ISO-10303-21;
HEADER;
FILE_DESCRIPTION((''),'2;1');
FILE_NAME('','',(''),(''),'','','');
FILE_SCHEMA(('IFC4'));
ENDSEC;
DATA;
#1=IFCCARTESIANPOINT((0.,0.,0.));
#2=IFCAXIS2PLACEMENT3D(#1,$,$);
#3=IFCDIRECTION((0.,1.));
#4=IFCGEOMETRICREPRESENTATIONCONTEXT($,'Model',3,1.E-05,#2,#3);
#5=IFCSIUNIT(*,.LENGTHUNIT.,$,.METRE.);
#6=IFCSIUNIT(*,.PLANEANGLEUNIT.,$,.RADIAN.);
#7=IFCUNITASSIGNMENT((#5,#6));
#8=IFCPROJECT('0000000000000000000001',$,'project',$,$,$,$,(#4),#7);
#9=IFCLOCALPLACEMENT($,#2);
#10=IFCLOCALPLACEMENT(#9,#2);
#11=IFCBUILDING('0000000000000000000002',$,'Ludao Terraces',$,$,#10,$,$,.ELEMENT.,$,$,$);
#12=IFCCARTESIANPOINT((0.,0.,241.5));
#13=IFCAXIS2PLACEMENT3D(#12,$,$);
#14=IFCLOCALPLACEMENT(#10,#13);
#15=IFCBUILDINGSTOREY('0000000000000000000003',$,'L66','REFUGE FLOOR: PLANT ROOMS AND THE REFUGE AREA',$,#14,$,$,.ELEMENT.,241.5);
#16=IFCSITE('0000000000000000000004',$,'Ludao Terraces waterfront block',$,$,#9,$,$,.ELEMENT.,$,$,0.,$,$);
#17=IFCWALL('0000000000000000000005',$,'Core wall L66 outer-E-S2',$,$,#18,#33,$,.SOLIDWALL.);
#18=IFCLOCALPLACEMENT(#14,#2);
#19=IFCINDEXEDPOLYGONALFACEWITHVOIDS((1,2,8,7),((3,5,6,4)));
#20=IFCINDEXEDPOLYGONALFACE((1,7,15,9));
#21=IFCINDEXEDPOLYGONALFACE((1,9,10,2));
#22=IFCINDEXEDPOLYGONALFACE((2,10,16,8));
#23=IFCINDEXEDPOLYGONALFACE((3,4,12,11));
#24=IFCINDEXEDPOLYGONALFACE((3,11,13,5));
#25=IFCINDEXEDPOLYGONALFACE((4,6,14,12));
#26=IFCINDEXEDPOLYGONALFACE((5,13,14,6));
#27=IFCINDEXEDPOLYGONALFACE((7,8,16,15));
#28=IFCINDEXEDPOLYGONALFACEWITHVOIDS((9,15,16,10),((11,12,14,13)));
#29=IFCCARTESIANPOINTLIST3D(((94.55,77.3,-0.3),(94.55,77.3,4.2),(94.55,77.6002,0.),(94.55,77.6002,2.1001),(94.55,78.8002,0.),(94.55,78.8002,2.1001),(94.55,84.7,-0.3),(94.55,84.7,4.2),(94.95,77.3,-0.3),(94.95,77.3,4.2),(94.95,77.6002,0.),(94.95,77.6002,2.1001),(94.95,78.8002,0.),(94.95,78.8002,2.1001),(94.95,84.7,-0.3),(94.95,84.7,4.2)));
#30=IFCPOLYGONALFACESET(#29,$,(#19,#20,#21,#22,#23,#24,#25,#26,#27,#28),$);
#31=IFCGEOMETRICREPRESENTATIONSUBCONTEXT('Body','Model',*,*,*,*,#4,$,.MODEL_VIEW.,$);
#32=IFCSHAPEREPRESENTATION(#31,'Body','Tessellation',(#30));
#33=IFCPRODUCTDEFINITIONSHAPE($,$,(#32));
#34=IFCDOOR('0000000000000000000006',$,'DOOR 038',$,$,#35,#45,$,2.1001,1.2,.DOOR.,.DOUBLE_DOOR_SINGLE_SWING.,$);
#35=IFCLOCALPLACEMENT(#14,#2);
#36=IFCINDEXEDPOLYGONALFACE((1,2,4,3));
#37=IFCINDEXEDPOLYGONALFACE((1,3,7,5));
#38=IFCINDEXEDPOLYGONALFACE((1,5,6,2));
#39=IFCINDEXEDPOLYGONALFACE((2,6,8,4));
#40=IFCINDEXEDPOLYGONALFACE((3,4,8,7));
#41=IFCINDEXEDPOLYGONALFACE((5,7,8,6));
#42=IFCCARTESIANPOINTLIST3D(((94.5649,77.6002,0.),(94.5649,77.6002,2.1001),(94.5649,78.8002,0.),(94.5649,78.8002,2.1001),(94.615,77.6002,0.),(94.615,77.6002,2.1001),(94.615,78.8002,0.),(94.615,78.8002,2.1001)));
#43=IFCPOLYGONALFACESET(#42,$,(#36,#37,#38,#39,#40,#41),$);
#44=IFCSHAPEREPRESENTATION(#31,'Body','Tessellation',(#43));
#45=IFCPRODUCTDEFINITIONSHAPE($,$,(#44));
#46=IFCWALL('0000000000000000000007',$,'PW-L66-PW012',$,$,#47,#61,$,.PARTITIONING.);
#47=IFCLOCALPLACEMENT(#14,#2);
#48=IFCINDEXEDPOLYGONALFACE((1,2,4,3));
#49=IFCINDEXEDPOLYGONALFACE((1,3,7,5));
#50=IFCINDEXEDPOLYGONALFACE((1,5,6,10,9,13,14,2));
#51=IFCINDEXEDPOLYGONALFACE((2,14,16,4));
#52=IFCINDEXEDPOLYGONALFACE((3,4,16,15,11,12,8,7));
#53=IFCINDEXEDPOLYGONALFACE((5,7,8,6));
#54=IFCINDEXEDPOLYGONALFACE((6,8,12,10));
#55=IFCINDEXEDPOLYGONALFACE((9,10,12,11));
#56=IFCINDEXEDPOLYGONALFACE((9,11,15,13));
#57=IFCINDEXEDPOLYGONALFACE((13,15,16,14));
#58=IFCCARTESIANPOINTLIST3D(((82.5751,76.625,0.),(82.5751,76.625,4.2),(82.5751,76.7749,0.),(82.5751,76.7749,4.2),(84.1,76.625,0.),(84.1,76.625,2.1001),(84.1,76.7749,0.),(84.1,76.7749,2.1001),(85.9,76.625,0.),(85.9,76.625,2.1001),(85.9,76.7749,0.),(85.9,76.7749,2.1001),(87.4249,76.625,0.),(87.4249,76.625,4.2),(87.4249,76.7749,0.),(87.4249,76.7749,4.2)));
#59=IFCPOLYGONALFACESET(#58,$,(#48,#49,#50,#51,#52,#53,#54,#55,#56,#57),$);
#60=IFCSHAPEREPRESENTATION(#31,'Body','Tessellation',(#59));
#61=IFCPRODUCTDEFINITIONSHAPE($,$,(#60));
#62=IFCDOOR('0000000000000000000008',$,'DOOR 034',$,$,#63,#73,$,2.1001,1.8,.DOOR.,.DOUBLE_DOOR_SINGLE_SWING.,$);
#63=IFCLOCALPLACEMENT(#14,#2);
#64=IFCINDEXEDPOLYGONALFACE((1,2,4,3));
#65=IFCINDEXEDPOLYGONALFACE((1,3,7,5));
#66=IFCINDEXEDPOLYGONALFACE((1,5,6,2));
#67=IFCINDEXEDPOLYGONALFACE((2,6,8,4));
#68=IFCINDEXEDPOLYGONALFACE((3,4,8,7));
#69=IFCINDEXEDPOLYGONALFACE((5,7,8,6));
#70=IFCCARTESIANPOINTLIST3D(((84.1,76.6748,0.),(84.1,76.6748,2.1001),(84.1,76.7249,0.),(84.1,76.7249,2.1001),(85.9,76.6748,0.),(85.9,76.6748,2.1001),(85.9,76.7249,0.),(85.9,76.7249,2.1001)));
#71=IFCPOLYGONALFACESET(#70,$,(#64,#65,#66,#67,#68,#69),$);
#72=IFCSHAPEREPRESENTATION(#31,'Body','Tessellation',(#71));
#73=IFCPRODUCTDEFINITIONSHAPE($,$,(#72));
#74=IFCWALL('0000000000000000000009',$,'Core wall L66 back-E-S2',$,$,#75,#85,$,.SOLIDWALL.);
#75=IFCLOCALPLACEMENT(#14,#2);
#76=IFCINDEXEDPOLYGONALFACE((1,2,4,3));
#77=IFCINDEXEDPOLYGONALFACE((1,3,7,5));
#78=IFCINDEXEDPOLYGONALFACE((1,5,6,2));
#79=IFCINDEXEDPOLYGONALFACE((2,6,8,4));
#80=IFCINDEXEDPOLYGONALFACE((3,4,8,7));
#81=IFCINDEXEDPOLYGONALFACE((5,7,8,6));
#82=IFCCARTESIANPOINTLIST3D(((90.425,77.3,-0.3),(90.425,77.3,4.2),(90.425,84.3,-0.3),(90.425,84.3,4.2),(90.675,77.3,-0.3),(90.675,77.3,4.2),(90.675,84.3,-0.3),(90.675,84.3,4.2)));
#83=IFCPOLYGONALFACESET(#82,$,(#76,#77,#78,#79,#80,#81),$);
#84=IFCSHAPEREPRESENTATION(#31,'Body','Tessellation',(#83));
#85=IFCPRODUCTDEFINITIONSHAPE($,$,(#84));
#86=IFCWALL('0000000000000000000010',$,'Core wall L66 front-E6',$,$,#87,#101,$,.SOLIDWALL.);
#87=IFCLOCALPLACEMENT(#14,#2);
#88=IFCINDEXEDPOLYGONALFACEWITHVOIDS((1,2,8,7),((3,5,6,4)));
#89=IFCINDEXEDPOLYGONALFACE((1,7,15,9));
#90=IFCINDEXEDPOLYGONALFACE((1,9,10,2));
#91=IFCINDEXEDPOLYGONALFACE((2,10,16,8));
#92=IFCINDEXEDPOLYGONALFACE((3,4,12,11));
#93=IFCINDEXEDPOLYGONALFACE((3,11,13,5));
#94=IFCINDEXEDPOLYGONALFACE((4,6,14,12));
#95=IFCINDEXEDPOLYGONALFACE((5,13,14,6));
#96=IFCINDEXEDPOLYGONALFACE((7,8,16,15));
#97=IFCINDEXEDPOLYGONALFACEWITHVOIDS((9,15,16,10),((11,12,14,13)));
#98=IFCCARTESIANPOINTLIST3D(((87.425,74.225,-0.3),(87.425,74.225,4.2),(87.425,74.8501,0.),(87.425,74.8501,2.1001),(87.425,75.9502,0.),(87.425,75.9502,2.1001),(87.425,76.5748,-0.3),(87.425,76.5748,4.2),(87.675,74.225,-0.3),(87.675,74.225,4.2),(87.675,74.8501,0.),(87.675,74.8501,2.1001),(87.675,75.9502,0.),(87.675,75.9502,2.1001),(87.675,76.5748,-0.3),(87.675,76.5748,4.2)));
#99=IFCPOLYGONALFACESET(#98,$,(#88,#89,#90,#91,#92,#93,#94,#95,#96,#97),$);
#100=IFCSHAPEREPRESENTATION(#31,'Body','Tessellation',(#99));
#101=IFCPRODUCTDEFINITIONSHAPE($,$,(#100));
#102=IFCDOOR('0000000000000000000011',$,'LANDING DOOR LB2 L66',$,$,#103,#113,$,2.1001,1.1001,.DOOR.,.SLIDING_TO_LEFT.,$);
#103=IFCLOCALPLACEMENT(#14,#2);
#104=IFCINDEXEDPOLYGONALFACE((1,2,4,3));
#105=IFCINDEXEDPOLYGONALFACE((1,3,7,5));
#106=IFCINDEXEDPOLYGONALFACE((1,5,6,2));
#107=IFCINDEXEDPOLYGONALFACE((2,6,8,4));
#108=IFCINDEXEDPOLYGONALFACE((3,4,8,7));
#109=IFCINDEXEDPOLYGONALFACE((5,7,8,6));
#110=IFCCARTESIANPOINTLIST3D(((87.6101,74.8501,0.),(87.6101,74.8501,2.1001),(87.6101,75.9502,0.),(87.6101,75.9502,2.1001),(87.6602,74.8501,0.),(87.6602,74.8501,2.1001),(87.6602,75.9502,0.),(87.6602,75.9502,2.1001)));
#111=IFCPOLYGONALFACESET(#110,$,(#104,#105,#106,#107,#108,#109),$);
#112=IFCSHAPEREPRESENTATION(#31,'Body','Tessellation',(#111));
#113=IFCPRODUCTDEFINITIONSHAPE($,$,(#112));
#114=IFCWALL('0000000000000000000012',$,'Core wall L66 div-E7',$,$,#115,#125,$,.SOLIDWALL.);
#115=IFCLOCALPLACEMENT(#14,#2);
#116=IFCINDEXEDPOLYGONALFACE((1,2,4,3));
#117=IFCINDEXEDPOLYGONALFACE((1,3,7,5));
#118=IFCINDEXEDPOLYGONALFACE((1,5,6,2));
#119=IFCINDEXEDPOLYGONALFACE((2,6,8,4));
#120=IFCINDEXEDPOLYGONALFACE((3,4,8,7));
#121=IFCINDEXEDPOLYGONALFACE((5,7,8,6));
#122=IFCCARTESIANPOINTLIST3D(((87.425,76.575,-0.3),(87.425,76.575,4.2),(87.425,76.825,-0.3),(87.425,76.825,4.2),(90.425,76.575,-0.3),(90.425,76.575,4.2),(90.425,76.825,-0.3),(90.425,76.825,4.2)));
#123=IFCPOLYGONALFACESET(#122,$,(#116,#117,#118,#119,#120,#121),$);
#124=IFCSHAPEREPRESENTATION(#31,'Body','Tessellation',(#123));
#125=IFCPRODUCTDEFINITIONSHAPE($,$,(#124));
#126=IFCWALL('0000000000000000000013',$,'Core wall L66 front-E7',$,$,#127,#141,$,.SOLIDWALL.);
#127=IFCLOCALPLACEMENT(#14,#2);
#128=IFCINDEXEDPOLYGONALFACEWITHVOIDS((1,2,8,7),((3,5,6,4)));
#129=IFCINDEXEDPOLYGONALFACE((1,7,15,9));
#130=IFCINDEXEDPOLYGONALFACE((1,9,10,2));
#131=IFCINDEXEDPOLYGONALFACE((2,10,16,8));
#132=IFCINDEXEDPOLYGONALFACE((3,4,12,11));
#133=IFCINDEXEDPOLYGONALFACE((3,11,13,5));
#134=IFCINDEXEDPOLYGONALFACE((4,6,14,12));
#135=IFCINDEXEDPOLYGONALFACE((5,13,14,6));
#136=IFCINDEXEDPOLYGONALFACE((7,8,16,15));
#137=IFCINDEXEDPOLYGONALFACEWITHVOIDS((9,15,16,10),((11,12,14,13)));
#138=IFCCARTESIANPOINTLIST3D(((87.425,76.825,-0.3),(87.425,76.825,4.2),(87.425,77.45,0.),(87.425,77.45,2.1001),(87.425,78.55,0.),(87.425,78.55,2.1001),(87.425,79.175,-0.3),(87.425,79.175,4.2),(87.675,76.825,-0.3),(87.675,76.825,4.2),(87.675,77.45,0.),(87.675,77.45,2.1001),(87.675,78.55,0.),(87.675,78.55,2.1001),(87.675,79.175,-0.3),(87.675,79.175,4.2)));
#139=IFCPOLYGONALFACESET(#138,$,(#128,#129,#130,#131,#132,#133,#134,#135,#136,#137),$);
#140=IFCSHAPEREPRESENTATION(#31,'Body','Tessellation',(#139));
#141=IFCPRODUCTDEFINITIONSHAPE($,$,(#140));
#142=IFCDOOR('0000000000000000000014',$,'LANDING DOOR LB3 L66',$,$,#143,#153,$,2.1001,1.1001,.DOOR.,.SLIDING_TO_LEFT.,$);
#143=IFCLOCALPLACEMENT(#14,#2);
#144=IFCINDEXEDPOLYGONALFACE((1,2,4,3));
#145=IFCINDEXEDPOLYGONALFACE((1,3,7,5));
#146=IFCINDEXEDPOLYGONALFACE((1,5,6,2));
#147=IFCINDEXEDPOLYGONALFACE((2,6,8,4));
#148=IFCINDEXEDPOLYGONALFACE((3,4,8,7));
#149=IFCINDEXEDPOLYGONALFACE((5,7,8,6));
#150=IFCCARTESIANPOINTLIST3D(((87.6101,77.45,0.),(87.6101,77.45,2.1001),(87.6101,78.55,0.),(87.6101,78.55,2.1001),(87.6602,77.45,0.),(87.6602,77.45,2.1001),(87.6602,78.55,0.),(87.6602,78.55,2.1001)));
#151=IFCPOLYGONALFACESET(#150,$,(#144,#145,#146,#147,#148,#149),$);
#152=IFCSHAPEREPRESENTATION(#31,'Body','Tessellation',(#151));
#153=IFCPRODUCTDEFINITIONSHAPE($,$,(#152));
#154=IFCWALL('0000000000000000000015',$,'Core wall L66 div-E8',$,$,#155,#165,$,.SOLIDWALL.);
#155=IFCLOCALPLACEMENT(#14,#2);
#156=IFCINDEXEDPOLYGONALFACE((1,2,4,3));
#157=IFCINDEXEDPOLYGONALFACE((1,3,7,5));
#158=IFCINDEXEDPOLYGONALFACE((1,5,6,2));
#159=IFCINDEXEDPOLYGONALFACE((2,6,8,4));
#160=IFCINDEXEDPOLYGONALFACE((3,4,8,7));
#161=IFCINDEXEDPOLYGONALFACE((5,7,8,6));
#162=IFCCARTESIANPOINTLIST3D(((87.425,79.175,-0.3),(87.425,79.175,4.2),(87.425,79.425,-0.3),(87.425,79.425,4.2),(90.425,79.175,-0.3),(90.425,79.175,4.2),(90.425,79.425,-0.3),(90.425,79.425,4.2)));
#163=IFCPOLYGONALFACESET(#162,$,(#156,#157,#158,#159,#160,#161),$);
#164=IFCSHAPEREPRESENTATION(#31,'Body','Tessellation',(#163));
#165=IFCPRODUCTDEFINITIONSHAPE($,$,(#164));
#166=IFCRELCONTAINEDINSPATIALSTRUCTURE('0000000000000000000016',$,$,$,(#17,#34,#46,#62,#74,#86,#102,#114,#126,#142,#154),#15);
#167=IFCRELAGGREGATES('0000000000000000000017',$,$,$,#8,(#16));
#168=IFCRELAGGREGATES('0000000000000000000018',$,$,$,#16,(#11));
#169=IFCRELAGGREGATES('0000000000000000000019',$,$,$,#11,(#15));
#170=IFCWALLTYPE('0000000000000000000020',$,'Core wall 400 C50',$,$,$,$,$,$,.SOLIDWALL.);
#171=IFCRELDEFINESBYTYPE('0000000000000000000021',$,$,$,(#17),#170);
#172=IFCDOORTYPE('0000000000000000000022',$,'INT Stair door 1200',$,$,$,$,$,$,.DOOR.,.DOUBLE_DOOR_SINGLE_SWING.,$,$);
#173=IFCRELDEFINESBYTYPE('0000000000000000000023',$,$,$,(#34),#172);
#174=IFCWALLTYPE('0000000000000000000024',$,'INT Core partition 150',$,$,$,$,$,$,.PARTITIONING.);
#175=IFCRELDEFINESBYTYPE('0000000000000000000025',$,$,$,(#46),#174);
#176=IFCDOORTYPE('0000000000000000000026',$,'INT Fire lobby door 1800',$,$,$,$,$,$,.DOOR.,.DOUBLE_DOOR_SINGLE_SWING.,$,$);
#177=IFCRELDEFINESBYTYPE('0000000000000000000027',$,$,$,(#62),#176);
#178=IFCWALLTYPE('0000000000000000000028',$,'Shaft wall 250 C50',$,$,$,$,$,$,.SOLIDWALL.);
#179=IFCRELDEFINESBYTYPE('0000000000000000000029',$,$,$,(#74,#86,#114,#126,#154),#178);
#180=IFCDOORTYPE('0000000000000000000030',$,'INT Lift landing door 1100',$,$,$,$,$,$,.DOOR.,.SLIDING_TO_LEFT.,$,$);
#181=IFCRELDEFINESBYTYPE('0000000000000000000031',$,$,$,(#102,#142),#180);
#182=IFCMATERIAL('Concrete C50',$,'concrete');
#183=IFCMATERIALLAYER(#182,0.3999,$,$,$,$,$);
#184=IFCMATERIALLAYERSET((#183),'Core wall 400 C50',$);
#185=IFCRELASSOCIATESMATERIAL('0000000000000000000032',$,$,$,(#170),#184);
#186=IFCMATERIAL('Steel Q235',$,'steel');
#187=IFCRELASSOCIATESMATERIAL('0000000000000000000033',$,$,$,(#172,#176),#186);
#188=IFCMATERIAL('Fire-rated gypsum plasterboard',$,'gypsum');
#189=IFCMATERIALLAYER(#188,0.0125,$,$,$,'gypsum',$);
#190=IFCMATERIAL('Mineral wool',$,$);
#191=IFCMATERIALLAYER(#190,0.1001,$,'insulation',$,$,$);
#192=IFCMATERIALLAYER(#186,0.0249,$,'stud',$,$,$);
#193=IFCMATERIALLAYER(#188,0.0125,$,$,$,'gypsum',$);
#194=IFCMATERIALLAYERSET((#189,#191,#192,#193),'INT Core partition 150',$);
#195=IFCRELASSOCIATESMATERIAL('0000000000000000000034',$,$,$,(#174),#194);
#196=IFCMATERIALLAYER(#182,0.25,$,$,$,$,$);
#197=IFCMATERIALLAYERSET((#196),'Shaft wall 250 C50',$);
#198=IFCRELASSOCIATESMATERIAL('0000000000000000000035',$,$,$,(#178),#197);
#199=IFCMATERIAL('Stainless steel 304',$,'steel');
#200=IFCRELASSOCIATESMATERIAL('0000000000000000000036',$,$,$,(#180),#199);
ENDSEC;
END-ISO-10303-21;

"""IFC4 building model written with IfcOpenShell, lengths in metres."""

from ifc_helpers import new_model, si_unit, direction, frame, frame_2d, origin, place, context, subcontext, project, spatial, rectangle, extrude, material, layer, layer_set, type_object, element, fill, save


model = new_model("IFC4")

# Units and contexts
model_context = context("Model", 3, precision=1e-05, world=origin(), true_north=direction((0.0, 1.0)))
body_context = subcontext(model_context, "Body", "Model", "MODEL_VIEW")
ifc_project = project(units=[si_unit("LENGTHUNIT", "METRE"), si_unit("PLANEANGLEUNIT", "RADIAN")], contexts=[model_context])

# Site, building, storey
site_placement = place(None, origin())
site = spatial("IfcSite", under=ifc_project, at=site_placement, Name="Ludao Terraces waterfront block", CompositionType="ELEMENT", RefElevation=0.0)
building_placement = place(site_placement, origin())
building = spatial("IfcBuilding", under=site, at=building_placement, Name="Ludao Terraces", CompositionType="ELEMENT")
storey_placement = place(building_placement, frame((0.0, 0.0, 241.5)))
storey = spatial("IfcBuildingStorey", under=building, at=storey_placement, Name="L66", Description="REFUGE FLOOR: PLANT ROOMS AND THE REFUGE AREA", CompositionType="ELEMENT", Elevation=241.5)

# Walls, openings, doors
ifc_material_1 = material(Name="Concrete C50", Category="concrete")
ifc_layer_1 = layer(ifc_material_1, 0.3999)
ifc_layer_set_1 = layer_set([ifc_layer_1], Name="Core wall 400 C50")
wall_type_1 = type_object("IfcWallType", Name="Core wall 400 C50", PredefinedType="SOLIDWALL", material=ifc_layer_set_1)
wall_1_placement = place(storey_placement, frame((94.75, 77.3, -0.3), z_axis=(0.0, 0.0, 1.0), x_axis=(0.0, 1.0, 0.0)))
wall_1 = element("IfcWall", 1, at=wall_1_placement, inside=storey, type_object=wall_type_1, Name="Core wall L66 outer-E-S2", PredefinedType="SOLIDWALL", context=body_context, shape_type="SweptSolid", body=[
    extrude(rectangle(XDim=7.3999, YDim=0.3999, at=frame_2d((3.7, 0.0))), origin(), (0.0, 0.0, 1.0), 4.5),
])
opening_1_placement = place(wall_1_placement, frame((0.3, 0.0, 0.3)))
opening_1 = element("IfcOpeningElement", 2, at=opening_1_placement, cuts=wall_1, PredefinedType="OPENING", context=body_context, shape_type="SweptSolid", body=[
    extrude(rectangle(XDim=1.2, YDim=2.1001, at=frame_2d((0.6001, 1.05))), frame((0.0, 0.21, 0.0), z_axis=(0.0, -1.0, 0.0), x_axis=(1.0, 0.0, 0.0)), (0.0, 0.0, 1.0), 0.4199),
])
ifc_material_2 = material(Name="Steel Q235", Category="steel")
door_type_1 = type_object("IfcDoorType", Name="INT Stair door 1200", OperationType="DOUBLE_DOOR_SINGLE_SWING", PredefinedType="DOOR", material=ifc_material_2)
door_1_placement = place(opening_1_placement, origin())
door_1 = element("IfcDoor", 3, at=door_1_placement, inside=storey, type_object=door_type_1, Name="DOOR 038", OperationType="DOUBLE_DOOR_SINGLE_SWING", OverallHeight=2.1001, OverallWidth=1.2, PredefinedType="DOOR", context=body_context, shape_type="SweptSolid", body=[
    extrude(rectangle(XDim=1.2, YDim=2.1001, at=frame_2d((0.6001, 1.05))), frame((0.0, 0.1851, 0.0), z_axis=(0.0, -1.0, 0.0), x_axis=(1.0, 0.0, 0.0)), (0.0, 0.0, 1.0), 0.05),
])
fill(opening_1, door_1)
ifc_material_3 = material(Name="Fire-rated gypsum plasterboard", Category="gypsum")
ifc_layer_2 = layer(ifc_material_3, 0.0125, Category="gypsum")
ifc_material_4 = material(Name="Mineral wool")
ifc_layer_3 = layer(ifc_material_4, 0.1001, Name="insulation")
ifc_layer_4 = layer(ifc_material_2, 0.0249, Name="stud")
ifc_layer_5 = layer(ifc_material_3, 0.0125, Category="gypsum")
ifc_layer_set_2 = layer_set([ifc_layer_2, ifc_layer_3, ifc_layer_4, ifc_layer_5], Name="INT Core partition 150")
wall_type_2 = type_object("IfcWallType", Name="INT Core partition 150", PredefinedType="PARTITIONING", material=ifc_layer_set_2)
wall_2_placement = place(storey_placement, frame((82.5752, 76.7, 0.0), z_axis=(0.0, 0.0, 1.0), x_axis=(1.0, 0.0, 0.0)))
wall_2 = element("IfcWall", 4, at=wall_2_placement, inside=storey, type_object=wall_type_2, Name="PW-L66-PW012", PredefinedType="PARTITIONING", context=body_context, shape_type="SweptSolid", body=[
    extrude(rectangle(XDim=4.8499, YDim=0.1499, at=frame_2d((2.4248, 0.0))), origin(), (0.0, 0.0, 1.0), 4.2),
])
opening_2_placement = place(wall_2_placement, frame((1.5249, 0.0, 0.0)))
opening_2 = element("IfcOpeningElement", 5, at=opening_2_placement, cuts=wall_2, PredefinedType="OPENING", context=body_context, shape_type="SweptSolid", body=[
    extrude(rectangle(XDim=1.8, YDim=2.1001, at=frame_2d((0.8999, 1.05))), frame((0.0, 0.085, 0.0), z_axis=(0.0, -1.0, 0.0), x_axis=(1.0, 0.0, 0.0)), (0.0, 0.0, 1.0), 0.1699),
])
door_type_2 = type_object("IfcDoorType", Name="INT Fire lobby door 1800", OperationType="DOUBLE_DOOR_SINGLE_SWING", PredefinedType="DOOR", material=ifc_material_2)
door_2_placement = place(opening_2_placement, origin())
door_2 = element("IfcDoor", 6, at=door_2_placement, inside=storey, type_object=door_type_2, Name="DOOR 034", OperationType="DOUBLE_DOOR_SINGLE_SWING", OverallHeight=2.1001, OverallWidth=1.8, PredefinedType="DOOR", context=body_context, shape_type="SweptSolid", body=[
    extrude(rectangle(XDim=1.8, YDim=2.1001, at=frame_2d((0.8999, 1.05))), frame((0.0, 0.0249, 0.0), z_axis=(0.0, -1.0, 0.0), x_axis=(1.0, 0.0, 0.0)), (0.0, 0.0, 1.0), 0.05),
])
fill(opening_2, door_2)

# Wall
ifc_layer_6 = layer(ifc_material_1, 0.25)
ifc_layer_set_3 = layer_set([ifc_layer_6], Name="Shaft wall 250 C50")
wall_type_3 = type_object("IfcWallType", Name="Shaft wall 250 C50", PredefinedType="SOLIDWALL", material=ifc_layer_set_3)
wall_3_placement = place(storey_placement, frame((90.55, 77.3, -0.3), z_axis=(0.0, 0.0, 1.0), x_axis=(0.0, 1.0, 0.0)))
element("IfcWall", 7, at=wall_3_placement, inside=storey, type_object=wall_type_3, Name="Core wall L66 back-E-S2", PredefinedType="SOLIDWALL", context=body_context, shape_type="SweptSolid", body=[
    extrude(rectangle(XDim=7.0, YDim=0.25, at=frame_2d((3.5, 0.0))), origin(), (0.0, 0.0, 1.0), 4.5),
])

# Wall, opening, door
wall_4_placement = place(storey_placement, frame((87.55, 74.2251, -0.3), z_axis=(0.0, 0.0, 1.0), x_axis=(0.0, 1.0, 0.0)))
wall_4 = element("IfcWall", 8, at=wall_4_placement, inside=storey, type_object=wall_type_3, Name="Core wall L66 front-E6", PredefinedType="SOLIDWALL", context=body_context, shape_type="SweptSolid", body=[
    extrude(rectangle(XDim=2.3499, YDim=0.25, at=frame_2d((1.1748, 0.0))), origin(), (0.0, 0.0, 1.0), 4.5),
])
opening_3_placement = place(wall_4_placement, frame((0.625, 0.0, 0.3)))
opening_3 = element("IfcOpeningElement", 9, at=opening_3_placement, cuts=wall_4, PredefinedType="OPENING", context=body_context, shape_type="SweptSolid", body=[
    extrude(rectangle(XDim=1.1001, YDim=2.1001, at=frame_2d((0.55, 1.05))), frame((0.0, 0.135, 0.0), z_axis=(0.0, -1.0, 0.0), x_axis=(1.0, 0.0, 0.0)), (0.0, 0.0, 1.0), 0.27),
])
ifc_material_5 = material(Name="Stainless steel 304", Category="steel")
door_type_3 = type_object("IfcDoorType", Name="INT Lift landing door 1100", OperationType="SLIDING_TO_LEFT", PredefinedType="DOOR", material=ifc_material_5)
door_3_placement = place(opening_3_placement, origin())
door_3 = element("IfcDoor", 10, at=door_3_placement, inside=storey, type_object=door_type_3, Name="LANDING DOOR LB2 L66", OperationType="SLIDING_TO_LEFT", OverallHeight=2.1001, OverallWidth=1.1001, PredefinedType="DOOR", context=body_context, shape_type="SweptSolid", body=[
    extrude(rectangle(XDim=1.1001, YDim=2.1001, at=frame_2d((0.55, 1.05))), frame((0.0, -0.0601, 0.0), z_axis=(0.0, -1.0, 0.0), x_axis=(1.0, 0.0, 0.0)), (0.0, 0.0, 1.0), 0.05),
])
fill(opening_3, door_3)

# Wall
wall_5_placement = place(storey_placement, frame((87.425, 76.7, -0.3), z_axis=(0.0, 0.0, 1.0), x_axis=(1.0, 0.0, 0.0)))
element("IfcWall", 11, at=wall_5_placement, inside=storey, type_object=wall_type_3, Name="Core wall L66 div-E7", PredefinedType="SOLIDWALL", context=body_context, shape_type="SweptSolid", body=[
    extrude(rectangle(XDim=3.0, YDim=0.25, at=frame_2d((1.5, 0.0))), origin(), (0.0, 0.0, 1.0), 4.5),
])

# Wall, opening, door
wall_6_placement = place(storey_placement, frame((87.55, 76.825, -0.3), z_axis=(0.0, 0.0, 1.0), x_axis=(0.0, 1.0, 0.0)))
wall_6 = element("IfcWall", 12, at=wall_6_placement, inside=storey, type_object=wall_type_3, Name="Core wall L66 front-E7", PredefinedType="SOLIDWALL", context=body_context, shape_type="SweptSolid", body=[
    extrude(rectangle(XDim=2.3501, YDim=0.25, at=frame_2d((1.175, 0.0))), origin(), (0.0, 0.0, 1.0), 4.5),
])
opening_4_placement = place(wall_6_placement, frame((0.625, 0.0, 0.3)))
opening_4 = element("IfcOpeningElement", 13, at=opening_4_placement, cuts=wall_6, PredefinedType="OPENING", context=body_context, shape_type="SweptSolid", body=[
    extrude(rectangle(XDim=1.1001, YDim=2.1001, at=frame_2d((0.55, 1.05))), frame((0.0, 0.135, 0.0), z_axis=(0.0, -1.0, 0.0), x_axis=(1.0, 0.0, 0.0)), (0.0, 0.0, 1.0), 0.27),
])
door_4_placement = place(opening_4_placement, origin())
door_4 = element("IfcDoor", 14, at=door_4_placement, inside=storey, type_object=door_type_3, Name="LANDING DOOR LB3 L66", OperationType="SLIDING_TO_LEFT", OverallHeight=2.1001, OverallWidth=1.1001, PredefinedType="DOOR", context=body_context, shape_type="SweptSolid", body=[
    extrude(rectangle(XDim=1.1001, YDim=2.1001, at=frame_2d((0.55, 1.05))), frame((0.0, -0.0601, 0.0), z_axis=(0.0, -1.0, 0.0), x_axis=(1.0, 0.0, 0.0)), (0.0, 0.0, 1.0), 0.05),
])
fill(opening_4, door_4)

# Wall
wall_7_placement = place(storey_placement, frame((87.425, 79.3, -0.3), z_axis=(0.0, 0.0, 1.0), x_axis=(1.0, 0.0, 0.0)))
element("IfcWall", 15, at=wall_7_placement, inside=storey, type_object=wall_type_3, Name="Core wall L66 div-E8", PredefinedType="SOLIDWALL", context=body_context, shape_type="SweptSolid", body=[
    extrude(rectangle(XDim=3.0, YDim=0.25, at=frame_2d((1.5, 0.0))), origin(), (0.0, 0.0, 1.0), 4.5),
])

save(model, "model.ifc")
